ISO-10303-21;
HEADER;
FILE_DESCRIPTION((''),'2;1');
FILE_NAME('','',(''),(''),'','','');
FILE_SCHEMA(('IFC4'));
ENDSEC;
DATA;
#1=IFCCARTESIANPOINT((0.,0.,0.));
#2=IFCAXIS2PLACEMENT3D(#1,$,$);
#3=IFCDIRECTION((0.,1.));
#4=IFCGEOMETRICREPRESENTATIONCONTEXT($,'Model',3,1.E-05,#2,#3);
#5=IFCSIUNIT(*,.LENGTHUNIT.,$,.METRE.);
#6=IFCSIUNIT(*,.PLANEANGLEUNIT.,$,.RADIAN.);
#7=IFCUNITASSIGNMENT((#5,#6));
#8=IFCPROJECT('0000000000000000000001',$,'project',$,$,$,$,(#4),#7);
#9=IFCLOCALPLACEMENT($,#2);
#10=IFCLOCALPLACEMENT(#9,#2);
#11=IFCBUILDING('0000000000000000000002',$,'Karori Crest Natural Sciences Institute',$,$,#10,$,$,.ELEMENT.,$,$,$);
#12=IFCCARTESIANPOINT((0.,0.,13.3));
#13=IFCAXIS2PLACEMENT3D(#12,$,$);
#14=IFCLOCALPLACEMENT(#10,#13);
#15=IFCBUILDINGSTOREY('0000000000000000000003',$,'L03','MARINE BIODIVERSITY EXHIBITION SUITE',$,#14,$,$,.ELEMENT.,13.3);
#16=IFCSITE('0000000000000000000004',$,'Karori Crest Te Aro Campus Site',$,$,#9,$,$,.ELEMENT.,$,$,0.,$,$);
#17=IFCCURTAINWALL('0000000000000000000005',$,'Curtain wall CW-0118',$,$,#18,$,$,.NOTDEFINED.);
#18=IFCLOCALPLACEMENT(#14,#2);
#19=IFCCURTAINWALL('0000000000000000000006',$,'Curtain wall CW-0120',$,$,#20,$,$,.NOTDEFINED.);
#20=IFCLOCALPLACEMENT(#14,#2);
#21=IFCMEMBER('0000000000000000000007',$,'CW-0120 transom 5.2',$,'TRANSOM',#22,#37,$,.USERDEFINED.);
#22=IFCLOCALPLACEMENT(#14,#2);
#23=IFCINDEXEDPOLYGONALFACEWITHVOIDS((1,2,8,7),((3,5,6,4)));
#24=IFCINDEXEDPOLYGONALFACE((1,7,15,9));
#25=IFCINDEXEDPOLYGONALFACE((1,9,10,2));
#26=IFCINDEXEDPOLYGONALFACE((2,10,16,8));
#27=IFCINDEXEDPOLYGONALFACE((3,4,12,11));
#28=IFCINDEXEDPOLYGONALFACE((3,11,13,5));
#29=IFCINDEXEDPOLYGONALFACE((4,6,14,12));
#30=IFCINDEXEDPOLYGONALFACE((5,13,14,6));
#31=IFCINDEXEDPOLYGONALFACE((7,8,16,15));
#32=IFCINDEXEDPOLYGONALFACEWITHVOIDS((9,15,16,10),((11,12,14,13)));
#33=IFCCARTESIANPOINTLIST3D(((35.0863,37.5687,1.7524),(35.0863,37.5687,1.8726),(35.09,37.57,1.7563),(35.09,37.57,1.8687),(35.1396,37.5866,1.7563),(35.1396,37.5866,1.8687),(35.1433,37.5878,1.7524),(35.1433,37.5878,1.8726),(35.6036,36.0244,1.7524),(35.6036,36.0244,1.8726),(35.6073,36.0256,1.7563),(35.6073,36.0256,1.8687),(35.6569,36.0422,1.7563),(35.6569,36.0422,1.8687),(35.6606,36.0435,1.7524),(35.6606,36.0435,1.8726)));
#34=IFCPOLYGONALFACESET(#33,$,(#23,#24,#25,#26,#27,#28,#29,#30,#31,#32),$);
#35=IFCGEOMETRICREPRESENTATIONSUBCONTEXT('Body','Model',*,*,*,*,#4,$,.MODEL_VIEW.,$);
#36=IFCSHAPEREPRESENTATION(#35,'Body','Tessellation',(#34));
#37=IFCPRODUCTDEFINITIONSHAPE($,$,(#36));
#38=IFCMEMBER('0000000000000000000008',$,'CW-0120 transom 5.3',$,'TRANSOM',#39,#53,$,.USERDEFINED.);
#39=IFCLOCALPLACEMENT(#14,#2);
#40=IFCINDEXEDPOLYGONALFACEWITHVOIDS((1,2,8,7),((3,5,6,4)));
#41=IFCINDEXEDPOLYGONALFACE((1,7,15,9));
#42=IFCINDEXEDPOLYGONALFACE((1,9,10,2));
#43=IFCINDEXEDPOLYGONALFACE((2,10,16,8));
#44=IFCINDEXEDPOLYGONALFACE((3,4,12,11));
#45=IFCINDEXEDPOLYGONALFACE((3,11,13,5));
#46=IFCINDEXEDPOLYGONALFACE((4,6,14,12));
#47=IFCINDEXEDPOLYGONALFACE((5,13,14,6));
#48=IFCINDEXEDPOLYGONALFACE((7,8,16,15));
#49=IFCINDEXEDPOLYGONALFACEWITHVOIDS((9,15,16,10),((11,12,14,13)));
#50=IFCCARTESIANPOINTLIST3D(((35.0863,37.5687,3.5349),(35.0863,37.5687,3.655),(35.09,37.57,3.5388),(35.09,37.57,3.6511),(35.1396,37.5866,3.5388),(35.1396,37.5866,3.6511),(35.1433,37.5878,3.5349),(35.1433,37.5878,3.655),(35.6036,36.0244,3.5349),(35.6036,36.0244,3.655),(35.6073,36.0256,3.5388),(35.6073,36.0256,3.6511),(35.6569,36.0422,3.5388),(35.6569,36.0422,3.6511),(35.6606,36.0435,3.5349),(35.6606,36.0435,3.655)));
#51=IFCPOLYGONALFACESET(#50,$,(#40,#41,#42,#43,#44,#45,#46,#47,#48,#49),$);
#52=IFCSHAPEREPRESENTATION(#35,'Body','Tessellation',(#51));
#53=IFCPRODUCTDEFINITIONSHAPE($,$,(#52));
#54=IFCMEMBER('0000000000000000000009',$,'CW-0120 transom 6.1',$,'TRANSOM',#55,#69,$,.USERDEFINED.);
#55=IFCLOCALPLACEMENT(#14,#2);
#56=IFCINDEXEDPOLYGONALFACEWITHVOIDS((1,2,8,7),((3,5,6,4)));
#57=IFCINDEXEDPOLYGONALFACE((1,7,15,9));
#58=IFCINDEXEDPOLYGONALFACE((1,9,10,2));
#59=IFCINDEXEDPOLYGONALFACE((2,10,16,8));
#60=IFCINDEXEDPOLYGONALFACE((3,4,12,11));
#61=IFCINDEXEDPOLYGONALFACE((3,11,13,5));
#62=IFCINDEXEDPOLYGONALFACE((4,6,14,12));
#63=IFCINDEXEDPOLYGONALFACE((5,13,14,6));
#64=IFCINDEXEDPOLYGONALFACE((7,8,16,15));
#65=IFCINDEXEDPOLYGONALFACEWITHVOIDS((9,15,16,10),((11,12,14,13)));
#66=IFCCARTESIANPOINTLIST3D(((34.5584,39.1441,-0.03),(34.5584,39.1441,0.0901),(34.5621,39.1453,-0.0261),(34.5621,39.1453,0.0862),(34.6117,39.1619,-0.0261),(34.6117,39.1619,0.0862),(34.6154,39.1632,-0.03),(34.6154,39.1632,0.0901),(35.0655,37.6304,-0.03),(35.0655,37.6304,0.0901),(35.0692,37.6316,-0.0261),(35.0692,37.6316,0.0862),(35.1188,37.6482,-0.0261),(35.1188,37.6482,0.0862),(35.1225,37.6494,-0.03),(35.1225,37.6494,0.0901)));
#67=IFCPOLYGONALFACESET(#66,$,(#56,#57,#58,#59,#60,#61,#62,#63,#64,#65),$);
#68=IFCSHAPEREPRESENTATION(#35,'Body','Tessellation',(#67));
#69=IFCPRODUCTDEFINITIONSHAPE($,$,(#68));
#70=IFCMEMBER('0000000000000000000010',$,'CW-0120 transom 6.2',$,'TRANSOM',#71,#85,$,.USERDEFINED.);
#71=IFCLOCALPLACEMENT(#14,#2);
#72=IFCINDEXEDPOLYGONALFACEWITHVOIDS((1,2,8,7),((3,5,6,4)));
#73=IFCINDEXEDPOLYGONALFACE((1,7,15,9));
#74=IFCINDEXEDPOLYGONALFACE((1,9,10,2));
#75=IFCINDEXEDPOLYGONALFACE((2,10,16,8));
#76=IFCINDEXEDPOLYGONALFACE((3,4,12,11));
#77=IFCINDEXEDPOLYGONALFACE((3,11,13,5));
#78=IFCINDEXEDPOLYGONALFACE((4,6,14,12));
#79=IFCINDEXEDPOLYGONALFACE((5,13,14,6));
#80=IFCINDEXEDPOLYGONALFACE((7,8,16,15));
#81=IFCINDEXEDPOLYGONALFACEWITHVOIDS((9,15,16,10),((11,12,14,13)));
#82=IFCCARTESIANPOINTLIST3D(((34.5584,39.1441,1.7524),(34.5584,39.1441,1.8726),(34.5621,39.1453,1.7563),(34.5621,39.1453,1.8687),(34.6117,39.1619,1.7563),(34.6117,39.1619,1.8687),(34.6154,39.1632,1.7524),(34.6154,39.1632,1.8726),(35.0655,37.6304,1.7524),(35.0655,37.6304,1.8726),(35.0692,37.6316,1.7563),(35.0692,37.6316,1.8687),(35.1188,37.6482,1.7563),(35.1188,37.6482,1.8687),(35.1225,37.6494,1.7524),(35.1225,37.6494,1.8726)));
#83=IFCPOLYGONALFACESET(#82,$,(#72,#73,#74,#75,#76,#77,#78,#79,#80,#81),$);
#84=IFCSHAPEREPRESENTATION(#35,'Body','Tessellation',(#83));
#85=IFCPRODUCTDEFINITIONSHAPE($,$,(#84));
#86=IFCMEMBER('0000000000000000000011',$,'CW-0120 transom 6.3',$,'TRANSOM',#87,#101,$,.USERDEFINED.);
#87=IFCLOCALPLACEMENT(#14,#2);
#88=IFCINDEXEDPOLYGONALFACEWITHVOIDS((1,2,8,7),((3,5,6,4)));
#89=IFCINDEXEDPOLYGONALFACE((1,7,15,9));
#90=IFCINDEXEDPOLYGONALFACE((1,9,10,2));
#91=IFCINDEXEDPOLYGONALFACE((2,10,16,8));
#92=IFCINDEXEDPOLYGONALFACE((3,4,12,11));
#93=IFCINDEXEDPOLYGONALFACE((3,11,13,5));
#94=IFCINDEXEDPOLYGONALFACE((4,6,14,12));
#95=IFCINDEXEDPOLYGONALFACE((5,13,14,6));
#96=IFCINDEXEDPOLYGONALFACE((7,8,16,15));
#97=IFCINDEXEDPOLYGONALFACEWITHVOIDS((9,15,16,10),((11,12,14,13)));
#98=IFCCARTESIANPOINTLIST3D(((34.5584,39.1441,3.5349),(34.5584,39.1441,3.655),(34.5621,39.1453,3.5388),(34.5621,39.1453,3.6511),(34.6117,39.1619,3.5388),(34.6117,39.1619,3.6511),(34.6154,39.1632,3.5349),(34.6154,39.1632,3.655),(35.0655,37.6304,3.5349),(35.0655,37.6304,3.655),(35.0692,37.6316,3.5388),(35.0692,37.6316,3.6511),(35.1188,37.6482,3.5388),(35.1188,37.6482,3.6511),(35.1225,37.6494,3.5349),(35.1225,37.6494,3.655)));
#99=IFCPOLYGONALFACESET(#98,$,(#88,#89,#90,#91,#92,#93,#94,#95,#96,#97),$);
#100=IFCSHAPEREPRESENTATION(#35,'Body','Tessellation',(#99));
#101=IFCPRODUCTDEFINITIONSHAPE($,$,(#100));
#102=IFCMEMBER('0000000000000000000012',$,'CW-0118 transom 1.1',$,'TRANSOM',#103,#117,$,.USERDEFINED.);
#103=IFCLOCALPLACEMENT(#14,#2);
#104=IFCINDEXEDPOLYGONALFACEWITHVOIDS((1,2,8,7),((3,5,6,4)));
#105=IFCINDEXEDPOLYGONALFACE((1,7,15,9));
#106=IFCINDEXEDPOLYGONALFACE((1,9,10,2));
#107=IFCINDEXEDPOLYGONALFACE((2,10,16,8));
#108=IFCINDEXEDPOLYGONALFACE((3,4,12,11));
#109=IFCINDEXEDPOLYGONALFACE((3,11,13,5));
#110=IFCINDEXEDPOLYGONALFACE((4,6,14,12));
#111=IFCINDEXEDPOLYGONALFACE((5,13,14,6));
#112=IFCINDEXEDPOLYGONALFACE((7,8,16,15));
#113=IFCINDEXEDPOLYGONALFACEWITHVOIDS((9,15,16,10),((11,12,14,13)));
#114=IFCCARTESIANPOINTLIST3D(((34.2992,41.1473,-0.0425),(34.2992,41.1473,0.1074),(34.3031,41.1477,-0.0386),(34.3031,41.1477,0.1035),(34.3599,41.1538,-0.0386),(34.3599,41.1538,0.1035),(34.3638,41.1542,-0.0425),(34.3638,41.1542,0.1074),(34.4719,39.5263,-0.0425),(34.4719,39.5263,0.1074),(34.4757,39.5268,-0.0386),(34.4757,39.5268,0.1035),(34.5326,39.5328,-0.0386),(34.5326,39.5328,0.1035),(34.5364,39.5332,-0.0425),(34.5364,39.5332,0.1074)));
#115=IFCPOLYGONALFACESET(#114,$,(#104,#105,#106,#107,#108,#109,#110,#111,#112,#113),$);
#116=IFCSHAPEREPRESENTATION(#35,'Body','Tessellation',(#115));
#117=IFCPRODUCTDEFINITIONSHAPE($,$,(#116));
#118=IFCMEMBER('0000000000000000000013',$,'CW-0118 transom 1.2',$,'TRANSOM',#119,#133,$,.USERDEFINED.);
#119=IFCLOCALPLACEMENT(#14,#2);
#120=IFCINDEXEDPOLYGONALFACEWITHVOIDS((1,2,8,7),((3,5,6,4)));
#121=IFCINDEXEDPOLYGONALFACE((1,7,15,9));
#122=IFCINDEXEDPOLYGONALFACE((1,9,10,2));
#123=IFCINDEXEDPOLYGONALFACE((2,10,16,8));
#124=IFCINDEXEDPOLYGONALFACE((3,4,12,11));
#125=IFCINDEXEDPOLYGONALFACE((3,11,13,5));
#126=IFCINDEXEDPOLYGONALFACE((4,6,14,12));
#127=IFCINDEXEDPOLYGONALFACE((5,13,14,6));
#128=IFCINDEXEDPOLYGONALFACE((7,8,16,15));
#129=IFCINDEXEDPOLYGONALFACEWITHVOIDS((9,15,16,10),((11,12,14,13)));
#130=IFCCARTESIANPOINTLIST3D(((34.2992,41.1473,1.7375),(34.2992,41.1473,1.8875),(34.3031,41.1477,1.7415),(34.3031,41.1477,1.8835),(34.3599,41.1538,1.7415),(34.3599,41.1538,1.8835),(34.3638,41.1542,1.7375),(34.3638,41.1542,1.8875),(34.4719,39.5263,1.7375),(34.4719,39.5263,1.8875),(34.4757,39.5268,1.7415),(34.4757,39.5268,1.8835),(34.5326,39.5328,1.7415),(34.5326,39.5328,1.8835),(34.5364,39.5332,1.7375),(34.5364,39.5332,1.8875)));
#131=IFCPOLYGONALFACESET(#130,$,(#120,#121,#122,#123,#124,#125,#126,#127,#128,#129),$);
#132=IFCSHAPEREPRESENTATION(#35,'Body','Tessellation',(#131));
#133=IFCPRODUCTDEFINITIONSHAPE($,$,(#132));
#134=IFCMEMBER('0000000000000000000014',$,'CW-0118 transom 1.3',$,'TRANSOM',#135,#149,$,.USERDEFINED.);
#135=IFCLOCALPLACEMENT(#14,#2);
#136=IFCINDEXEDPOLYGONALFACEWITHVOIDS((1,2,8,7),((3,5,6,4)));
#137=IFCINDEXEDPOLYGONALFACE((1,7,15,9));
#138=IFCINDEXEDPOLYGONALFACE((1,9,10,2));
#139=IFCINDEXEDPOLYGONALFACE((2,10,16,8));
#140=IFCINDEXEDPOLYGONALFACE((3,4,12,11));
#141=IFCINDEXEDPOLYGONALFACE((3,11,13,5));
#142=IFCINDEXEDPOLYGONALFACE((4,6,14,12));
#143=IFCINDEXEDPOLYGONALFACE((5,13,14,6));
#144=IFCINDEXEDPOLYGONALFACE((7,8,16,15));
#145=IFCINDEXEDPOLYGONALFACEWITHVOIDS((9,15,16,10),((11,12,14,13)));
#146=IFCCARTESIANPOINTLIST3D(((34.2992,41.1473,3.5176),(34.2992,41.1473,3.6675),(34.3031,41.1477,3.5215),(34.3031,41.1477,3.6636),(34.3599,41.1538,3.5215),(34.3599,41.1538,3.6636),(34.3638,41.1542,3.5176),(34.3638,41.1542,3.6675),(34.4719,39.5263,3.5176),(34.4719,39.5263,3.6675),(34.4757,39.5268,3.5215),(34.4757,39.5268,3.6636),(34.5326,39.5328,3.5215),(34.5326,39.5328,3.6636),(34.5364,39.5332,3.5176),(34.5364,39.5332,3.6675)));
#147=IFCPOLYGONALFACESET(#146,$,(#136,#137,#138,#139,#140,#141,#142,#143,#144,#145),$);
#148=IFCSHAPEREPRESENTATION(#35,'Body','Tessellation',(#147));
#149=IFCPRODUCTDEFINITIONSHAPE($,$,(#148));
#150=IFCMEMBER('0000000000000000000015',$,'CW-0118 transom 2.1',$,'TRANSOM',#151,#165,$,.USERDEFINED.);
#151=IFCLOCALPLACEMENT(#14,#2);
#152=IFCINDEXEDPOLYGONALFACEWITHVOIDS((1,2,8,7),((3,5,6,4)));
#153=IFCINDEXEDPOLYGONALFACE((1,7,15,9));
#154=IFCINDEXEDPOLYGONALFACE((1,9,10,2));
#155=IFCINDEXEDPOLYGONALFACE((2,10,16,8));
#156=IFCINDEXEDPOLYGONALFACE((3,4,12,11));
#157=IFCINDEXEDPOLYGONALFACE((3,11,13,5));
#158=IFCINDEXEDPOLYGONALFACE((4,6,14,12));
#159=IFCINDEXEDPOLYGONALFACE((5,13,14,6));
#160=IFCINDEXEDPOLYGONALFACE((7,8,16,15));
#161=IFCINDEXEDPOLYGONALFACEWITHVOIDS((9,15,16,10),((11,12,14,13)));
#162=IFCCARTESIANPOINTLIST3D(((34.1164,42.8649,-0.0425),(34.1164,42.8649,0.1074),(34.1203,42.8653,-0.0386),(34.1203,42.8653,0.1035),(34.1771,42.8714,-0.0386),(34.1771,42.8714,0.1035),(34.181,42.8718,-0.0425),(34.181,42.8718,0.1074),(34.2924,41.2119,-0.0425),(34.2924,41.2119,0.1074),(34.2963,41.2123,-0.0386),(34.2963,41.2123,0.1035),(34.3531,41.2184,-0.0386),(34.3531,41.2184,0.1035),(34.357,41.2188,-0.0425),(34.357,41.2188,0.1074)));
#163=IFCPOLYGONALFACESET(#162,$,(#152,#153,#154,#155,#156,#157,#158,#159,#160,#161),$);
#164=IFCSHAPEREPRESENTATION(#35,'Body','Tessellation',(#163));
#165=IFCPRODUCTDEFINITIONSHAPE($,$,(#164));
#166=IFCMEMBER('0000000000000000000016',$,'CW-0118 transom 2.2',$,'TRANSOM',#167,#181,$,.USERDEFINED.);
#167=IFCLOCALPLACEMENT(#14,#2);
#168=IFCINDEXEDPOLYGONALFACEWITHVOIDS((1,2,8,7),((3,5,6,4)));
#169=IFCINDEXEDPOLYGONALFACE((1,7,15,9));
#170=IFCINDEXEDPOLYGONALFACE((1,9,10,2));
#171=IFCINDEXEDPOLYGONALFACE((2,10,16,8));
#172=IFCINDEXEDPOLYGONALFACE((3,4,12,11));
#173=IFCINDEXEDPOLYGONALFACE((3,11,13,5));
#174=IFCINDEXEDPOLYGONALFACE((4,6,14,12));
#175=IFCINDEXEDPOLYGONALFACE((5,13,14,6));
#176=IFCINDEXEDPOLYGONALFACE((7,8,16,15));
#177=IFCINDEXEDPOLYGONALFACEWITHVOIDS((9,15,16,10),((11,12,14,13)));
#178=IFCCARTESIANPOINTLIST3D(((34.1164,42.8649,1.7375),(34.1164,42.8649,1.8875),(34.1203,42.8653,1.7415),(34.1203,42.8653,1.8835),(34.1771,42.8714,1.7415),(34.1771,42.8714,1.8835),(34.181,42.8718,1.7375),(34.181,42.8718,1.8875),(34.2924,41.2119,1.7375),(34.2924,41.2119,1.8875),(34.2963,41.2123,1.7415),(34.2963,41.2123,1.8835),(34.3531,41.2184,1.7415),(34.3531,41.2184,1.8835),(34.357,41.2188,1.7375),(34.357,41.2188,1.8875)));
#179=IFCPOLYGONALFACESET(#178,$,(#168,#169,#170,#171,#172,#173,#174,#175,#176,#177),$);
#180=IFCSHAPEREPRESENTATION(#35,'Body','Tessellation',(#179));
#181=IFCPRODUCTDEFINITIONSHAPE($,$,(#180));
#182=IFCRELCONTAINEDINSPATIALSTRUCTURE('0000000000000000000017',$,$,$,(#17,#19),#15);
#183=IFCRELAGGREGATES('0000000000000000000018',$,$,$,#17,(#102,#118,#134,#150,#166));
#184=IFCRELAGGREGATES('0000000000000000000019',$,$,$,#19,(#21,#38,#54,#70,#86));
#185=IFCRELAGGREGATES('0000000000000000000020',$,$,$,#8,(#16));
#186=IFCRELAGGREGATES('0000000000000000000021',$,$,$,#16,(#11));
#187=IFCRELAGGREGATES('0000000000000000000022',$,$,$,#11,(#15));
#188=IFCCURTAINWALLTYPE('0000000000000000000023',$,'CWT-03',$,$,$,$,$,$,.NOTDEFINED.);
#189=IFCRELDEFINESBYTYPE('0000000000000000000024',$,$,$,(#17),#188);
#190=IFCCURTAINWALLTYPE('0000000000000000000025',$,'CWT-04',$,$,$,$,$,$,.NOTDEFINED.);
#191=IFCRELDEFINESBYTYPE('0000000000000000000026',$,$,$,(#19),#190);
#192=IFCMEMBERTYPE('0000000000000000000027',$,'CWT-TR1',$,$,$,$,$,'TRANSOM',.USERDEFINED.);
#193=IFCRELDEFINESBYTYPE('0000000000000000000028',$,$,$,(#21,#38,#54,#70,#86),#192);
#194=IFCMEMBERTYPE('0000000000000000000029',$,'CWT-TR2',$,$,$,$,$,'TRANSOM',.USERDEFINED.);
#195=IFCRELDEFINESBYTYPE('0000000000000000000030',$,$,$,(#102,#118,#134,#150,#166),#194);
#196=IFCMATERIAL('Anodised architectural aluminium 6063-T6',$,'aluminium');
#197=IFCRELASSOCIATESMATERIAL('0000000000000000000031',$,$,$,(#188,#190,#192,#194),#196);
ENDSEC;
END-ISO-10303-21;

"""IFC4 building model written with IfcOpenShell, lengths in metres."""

from ifc_helpers import new_model, si_unit, direction, frame, origin, origin_2d, place, context, subcontext, project, spatial, hollow_rectangle, extrude, material, material_profile, profile_set, type_object, element, aggregate, save


model = new_model("IFC4")

# Units and contexts
model_context = context("Model", 3, precision=1e-05, world=origin(), true_north=direction((0.0, 1.0)))
body_context = subcontext(model_context, "Body", "Model", "MODEL_VIEW")
ifc_project = project(units=[si_unit("LENGTHUNIT", "METRE"), si_unit("PLANEANGLEUNIT", "RADIAN")], contexts=[model_context])

# Site, building, storey
site_placement = place(None, origin())
site = spatial("IfcSite", under=ifc_project, at=site_placement, Name="Karori Crest Te Aro Campus Site", CompositionType="ELEMENT", RefElevation=0.0)
building_placement = place(site_placement, origin())
building = spatial("IfcBuilding", under=site, at=building_placement, Name="Karori Crest Natural Sciences Institute", CompositionType="ELEMENT")
storey_placement = place(building_placement, frame((0.0, 0.0, 13.3)))
storey = spatial("IfcBuildingStorey", under=building, at=storey_placement, Name="L03", Description="MARINE BIODIVERSITY EXHIBITION SUITE", CompositionType="ELEMENT", Elevation=13.3)

# Curtain walls, members
ifc_material_1 = material(Name="Anodised architectural aluminium 6063-T6", Category="aluminium")
curtain_wall_type_1 = type_object("IfcCurtainWallType", Name="CWT-03", PredefinedType="NOTDEFINED", material=ifc_material_1)
curtain_wall_1_placement = place(storey_placement, origin())
curtain_wall_1 = element("IfcCurtainWall", 1, at=curtain_wall_1_placement, inside=storey, type_object=curtain_wall_type_1, Name="Curtain wall CW-0118", PredefinedType="NOTDEFINED")
curtain_wall_type_2 = type_object("IfcCurtainWallType", Name="CWT-04", PredefinedType="NOTDEFINED", material=ifc_material_1)
curtain_wall_2_placement = place(storey_placement, origin())
curtain_wall_2 = element("IfcCurtainWall", 2, at=curtain_wall_2_placement, inside=storey, type_object=curtain_wall_type_2, Name="Curtain wall CW-0120", PredefinedType="NOTDEFINED")
ifc_material_profile_1 = material_profile(ifc_material_1, hollow_rectangle(XDim=0.0601, YDim=0.1201, WallThickness=0.0039, at=origin_2d()), Name="CWT120x60x4")
ifc_profile_set_1 = profile_set([ifc_material_profile_1], Name="Anodised architectural aluminium 6063-T6")
member_type_1 = type_object("IfcMemberType", Name="CWT-TR1", ElementType="TRANSOM", PredefinedType="USERDEFINED", material=ifc_profile_set_1)
member_1_placement = place(storey_placement, frame((35.6321, 36.0339, 1.8125), z_axis=(-0.317621, 0.948218, 0.0), x_axis=(-0.948218, -0.317621, 0.0)))
member_1 = element("IfcMember", 3, at=member_1_placement, type_object=member_type_1, Name="CW-0120 transom 5.2", ObjectType="TRANSOM", PredefinedType="USERDEFINED", context=body_context, shape_type="SweptSolid", body=[
    extrude(hollow_rectangle(XDim=0.0601, YDim=0.1201, WallThickness=0.0039, at=origin_2d()), origin(), (0.0, 0.0, 1.0), 1.6287),
])
member_2_placement = place(storey_placement, frame((35.6321, 36.0339, 3.595), z_axis=(-0.317621, 0.948218, 0.0), x_axis=(-0.948218, -0.317621, 0.0)))
member_2 = element("IfcMember", 4, at=member_2_placement, type_object=member_type_1, Name="CW-0120 transom 5.3", ObjectType="TRANSOM", PredefinedType="USERDEFINED", context=body_context, shape_type="SweptSolid", body=[
    extrude(hollow_rectangle(XDim=0.0601, YDim=0.1201, WallThickness=0.0039, at=origin_2d()), origin(), (0.0, 0.0, 1.0), 1.6287),
])
member_3_placement = place(storey_placement, frame((35.094, 37.6399, 0.03), z_axis=(-0.31765, 0.948208, 0.0), x_axis=(-0.948208, -0.31765, 0.0)))
member_3 = element("IfcMember", 5, at=member_3_placement, type_object=member_type_1, Name="CW-0120 transom 6.1", ObjectType="TRANSOM", PredefinedType="USERDEFINED", context=body_context, shape_type="SweptSolid", body=[
    extrude(hollow_rectangle(XDim=0.0601, YDim=0.1201, WallThickness=0.0039, at=origin_2d()), origin(), (0.0, 0.0, 1.0), 1.5964),
])
member_4_placement = place(storey_placement, frame((35.094, 37.6399, 1.8125), z_axis=(-0.31765, 0.948208, 0.0), x_axis=(-0.948208, -0.31765, 0.0)))
member_4 = element("IfcMember", 6, at=member_4_placement, type_object=member_type_1, Name="CW-0120 transom 6.2", ObjectType="TRANSOM", PredefinedType="USERDEFINED", context=body_context, shape_type="SweptSolid", body=[
    extrude(hollow_rectangle(XDim=0.0601, YDim=0.1201, WallThickness=0.0039, at=origin_2d()), origin(), (0.0, 0.0, 1.0), 1.5964),
])
member_5_placement = place(storey_placement, frame((35.094, 37.6399, 3.595), z_axis=(-0.31765, 0.948208, 0.0), x_axis=(-0.948208, -0.31765, 0.0)))
member_5 = element("IfcMember", 7, at=member_5_placement, type_object=member_type_1, Name="CW-0120 transom 6.3", ObjectType="TRANSOM", PredefinedType="USERDEFINED", context=body_context, shape_type="SweptSolid", body=[
    extrude(hollow_rectangle(XDim=0.0601, YDim=0.1201, WallThickness=0.0039, at=origin_2d()), origin(), (0.0, 0.0, 1.0), 1.5964),
])

# Members
ifc_material_profile_2 = material_profile(ifc_material_1, hollow_rectangle(XDim=0.0649, YDim=0.1499, WallThickness=0.0039, at=origin_2d()), Name="CWT150x65x4")
ifc_profile_set_2 = profile_set([ifc_material_profile_2], Name="Anodised architectural aluminium 6063-T6")
member_type_2 = type_object("IfcMemberType", Name="CWT-TR2", ElementType="TRANSOM", PredefinedType="USERDEFINED", material=ifc_profile_set_2)
member_6_placement = place(storey_placement, frame((34.5042, 39.5298, 0.0325), z_axis=(-0.105893, 0.994378, 0.0), x_axis=(-0.994378, -0.105893, 0.0)))
member_6 = element("IfcMember", 8, at=member_6_placement, type_object=member_type_2, Name="CW-0118 transom 1.1", ObjectType="TRANSOM", PredefinedType="USERDEFINED", context=body_context, shape_type="SweptSolid", body=[
    extrude(hollow_rectangle(XDim=0.0649, YDim=0.1499, WallThickness=0.0039, at=origin_2d()), origin(), (0.0, 0.0, 1.0), 1.6301),
])
member_7_placement = place(storey_placement, frame((34.5042, 39.5298, 1.8125), z_axis=(-0.105893, 0.994378, 0.0), x_axis=(-0.994378, -0.105893, 0.0)))
member_7 = element("IfcMember", 9, at=member_7_placement, type_object=member_type_2, Name="CW-0118 transom 1.2", ObjectType="TRANSOM", PredefinedType="USERDEFINED", context=body_context, shape_type="SweptSolid", body=[
    extrude(hollow_rectangle(XDim=0.0649, YDim=0.1499, WallThickness=0.0039, at=origin_2d()), origin(), (0.0, 0.0, 1.0), 1.6301),
])
member_8_placement = place(storey_placement, frame((34.5042, 39.5298, 3.5925), z_axis=(-0.105893, 0.994378, 0.0), x_axis=(-0.994378, -0.105893, 0.0)))
member_8 = element("IfcMember", 10, at=member_8_placement, type_object=member_type_2, Name="CW-0118 transom 1.3", ObjectType="TRANSOM", PredefinedType="USERDEFINED", context=body_context, shape_type="SweptSolid", body=[
    extrude(hollow_rectangle(XDim=0.0649, YDim=0.1499, WallThickness=0.0039, at=origin_2d()), origin(), (0.0, 0.0, 1.0), 1.6301),
])
member_9_placement = place(storey_placement, frame((34.3247, 41.2153, 0.0325), z_axis=(-0.105885, 0.994378, 0.0), x_axis=(-0.994378, -0.105885, 0.0)))
member_9 = element("IfcMember", 11, at=member_9_placement, type_object=member_type_2, Name="CW-0118 transom 2.1", ObjectType="TRANSOM", PredefinedType="USERDEFINED", context=body_context, shape_type="SweptSolid", body=[
    extrude(hollow_rectangle(XDim=0.0649, YDim=0.1499, WallThickness=0.0039, at=origin_2d()), origin(), (0.0, 0.0, 1.0), 1.6624),
])
member_10_placement = place(storey_placement, frame((34.3247, 41.2153, 1.8125), z_axis=(-0.105885, 0.994378, 0.0), x_axis=(-0.994378, -0.105885, 0.0)))
member_10 = element("IfcMember", 12, at=member_10_placement, type_object=member_type_2, Name="CW-0118 transom 2.2", ObjectType="TRANSOM", PredefinedType="USERDEFINED", context=body_context, shape_type="SweptSolid", body=[
    extrude(hollow_rectangle(XDim=0.0649, YDim=0.1499, WallThickness=0.0039, at=origin_2d()), origin(), (0.0, 0.0, 1.0), 1.6624),
])

aggregate(curtain_wall_1, [member_6, member_7, member_8, member_9, member_10])
aggregate(curtain_wall_2, [member_1, member_2, member_3, member_4, member_5])

save(model, "model.ifc")
